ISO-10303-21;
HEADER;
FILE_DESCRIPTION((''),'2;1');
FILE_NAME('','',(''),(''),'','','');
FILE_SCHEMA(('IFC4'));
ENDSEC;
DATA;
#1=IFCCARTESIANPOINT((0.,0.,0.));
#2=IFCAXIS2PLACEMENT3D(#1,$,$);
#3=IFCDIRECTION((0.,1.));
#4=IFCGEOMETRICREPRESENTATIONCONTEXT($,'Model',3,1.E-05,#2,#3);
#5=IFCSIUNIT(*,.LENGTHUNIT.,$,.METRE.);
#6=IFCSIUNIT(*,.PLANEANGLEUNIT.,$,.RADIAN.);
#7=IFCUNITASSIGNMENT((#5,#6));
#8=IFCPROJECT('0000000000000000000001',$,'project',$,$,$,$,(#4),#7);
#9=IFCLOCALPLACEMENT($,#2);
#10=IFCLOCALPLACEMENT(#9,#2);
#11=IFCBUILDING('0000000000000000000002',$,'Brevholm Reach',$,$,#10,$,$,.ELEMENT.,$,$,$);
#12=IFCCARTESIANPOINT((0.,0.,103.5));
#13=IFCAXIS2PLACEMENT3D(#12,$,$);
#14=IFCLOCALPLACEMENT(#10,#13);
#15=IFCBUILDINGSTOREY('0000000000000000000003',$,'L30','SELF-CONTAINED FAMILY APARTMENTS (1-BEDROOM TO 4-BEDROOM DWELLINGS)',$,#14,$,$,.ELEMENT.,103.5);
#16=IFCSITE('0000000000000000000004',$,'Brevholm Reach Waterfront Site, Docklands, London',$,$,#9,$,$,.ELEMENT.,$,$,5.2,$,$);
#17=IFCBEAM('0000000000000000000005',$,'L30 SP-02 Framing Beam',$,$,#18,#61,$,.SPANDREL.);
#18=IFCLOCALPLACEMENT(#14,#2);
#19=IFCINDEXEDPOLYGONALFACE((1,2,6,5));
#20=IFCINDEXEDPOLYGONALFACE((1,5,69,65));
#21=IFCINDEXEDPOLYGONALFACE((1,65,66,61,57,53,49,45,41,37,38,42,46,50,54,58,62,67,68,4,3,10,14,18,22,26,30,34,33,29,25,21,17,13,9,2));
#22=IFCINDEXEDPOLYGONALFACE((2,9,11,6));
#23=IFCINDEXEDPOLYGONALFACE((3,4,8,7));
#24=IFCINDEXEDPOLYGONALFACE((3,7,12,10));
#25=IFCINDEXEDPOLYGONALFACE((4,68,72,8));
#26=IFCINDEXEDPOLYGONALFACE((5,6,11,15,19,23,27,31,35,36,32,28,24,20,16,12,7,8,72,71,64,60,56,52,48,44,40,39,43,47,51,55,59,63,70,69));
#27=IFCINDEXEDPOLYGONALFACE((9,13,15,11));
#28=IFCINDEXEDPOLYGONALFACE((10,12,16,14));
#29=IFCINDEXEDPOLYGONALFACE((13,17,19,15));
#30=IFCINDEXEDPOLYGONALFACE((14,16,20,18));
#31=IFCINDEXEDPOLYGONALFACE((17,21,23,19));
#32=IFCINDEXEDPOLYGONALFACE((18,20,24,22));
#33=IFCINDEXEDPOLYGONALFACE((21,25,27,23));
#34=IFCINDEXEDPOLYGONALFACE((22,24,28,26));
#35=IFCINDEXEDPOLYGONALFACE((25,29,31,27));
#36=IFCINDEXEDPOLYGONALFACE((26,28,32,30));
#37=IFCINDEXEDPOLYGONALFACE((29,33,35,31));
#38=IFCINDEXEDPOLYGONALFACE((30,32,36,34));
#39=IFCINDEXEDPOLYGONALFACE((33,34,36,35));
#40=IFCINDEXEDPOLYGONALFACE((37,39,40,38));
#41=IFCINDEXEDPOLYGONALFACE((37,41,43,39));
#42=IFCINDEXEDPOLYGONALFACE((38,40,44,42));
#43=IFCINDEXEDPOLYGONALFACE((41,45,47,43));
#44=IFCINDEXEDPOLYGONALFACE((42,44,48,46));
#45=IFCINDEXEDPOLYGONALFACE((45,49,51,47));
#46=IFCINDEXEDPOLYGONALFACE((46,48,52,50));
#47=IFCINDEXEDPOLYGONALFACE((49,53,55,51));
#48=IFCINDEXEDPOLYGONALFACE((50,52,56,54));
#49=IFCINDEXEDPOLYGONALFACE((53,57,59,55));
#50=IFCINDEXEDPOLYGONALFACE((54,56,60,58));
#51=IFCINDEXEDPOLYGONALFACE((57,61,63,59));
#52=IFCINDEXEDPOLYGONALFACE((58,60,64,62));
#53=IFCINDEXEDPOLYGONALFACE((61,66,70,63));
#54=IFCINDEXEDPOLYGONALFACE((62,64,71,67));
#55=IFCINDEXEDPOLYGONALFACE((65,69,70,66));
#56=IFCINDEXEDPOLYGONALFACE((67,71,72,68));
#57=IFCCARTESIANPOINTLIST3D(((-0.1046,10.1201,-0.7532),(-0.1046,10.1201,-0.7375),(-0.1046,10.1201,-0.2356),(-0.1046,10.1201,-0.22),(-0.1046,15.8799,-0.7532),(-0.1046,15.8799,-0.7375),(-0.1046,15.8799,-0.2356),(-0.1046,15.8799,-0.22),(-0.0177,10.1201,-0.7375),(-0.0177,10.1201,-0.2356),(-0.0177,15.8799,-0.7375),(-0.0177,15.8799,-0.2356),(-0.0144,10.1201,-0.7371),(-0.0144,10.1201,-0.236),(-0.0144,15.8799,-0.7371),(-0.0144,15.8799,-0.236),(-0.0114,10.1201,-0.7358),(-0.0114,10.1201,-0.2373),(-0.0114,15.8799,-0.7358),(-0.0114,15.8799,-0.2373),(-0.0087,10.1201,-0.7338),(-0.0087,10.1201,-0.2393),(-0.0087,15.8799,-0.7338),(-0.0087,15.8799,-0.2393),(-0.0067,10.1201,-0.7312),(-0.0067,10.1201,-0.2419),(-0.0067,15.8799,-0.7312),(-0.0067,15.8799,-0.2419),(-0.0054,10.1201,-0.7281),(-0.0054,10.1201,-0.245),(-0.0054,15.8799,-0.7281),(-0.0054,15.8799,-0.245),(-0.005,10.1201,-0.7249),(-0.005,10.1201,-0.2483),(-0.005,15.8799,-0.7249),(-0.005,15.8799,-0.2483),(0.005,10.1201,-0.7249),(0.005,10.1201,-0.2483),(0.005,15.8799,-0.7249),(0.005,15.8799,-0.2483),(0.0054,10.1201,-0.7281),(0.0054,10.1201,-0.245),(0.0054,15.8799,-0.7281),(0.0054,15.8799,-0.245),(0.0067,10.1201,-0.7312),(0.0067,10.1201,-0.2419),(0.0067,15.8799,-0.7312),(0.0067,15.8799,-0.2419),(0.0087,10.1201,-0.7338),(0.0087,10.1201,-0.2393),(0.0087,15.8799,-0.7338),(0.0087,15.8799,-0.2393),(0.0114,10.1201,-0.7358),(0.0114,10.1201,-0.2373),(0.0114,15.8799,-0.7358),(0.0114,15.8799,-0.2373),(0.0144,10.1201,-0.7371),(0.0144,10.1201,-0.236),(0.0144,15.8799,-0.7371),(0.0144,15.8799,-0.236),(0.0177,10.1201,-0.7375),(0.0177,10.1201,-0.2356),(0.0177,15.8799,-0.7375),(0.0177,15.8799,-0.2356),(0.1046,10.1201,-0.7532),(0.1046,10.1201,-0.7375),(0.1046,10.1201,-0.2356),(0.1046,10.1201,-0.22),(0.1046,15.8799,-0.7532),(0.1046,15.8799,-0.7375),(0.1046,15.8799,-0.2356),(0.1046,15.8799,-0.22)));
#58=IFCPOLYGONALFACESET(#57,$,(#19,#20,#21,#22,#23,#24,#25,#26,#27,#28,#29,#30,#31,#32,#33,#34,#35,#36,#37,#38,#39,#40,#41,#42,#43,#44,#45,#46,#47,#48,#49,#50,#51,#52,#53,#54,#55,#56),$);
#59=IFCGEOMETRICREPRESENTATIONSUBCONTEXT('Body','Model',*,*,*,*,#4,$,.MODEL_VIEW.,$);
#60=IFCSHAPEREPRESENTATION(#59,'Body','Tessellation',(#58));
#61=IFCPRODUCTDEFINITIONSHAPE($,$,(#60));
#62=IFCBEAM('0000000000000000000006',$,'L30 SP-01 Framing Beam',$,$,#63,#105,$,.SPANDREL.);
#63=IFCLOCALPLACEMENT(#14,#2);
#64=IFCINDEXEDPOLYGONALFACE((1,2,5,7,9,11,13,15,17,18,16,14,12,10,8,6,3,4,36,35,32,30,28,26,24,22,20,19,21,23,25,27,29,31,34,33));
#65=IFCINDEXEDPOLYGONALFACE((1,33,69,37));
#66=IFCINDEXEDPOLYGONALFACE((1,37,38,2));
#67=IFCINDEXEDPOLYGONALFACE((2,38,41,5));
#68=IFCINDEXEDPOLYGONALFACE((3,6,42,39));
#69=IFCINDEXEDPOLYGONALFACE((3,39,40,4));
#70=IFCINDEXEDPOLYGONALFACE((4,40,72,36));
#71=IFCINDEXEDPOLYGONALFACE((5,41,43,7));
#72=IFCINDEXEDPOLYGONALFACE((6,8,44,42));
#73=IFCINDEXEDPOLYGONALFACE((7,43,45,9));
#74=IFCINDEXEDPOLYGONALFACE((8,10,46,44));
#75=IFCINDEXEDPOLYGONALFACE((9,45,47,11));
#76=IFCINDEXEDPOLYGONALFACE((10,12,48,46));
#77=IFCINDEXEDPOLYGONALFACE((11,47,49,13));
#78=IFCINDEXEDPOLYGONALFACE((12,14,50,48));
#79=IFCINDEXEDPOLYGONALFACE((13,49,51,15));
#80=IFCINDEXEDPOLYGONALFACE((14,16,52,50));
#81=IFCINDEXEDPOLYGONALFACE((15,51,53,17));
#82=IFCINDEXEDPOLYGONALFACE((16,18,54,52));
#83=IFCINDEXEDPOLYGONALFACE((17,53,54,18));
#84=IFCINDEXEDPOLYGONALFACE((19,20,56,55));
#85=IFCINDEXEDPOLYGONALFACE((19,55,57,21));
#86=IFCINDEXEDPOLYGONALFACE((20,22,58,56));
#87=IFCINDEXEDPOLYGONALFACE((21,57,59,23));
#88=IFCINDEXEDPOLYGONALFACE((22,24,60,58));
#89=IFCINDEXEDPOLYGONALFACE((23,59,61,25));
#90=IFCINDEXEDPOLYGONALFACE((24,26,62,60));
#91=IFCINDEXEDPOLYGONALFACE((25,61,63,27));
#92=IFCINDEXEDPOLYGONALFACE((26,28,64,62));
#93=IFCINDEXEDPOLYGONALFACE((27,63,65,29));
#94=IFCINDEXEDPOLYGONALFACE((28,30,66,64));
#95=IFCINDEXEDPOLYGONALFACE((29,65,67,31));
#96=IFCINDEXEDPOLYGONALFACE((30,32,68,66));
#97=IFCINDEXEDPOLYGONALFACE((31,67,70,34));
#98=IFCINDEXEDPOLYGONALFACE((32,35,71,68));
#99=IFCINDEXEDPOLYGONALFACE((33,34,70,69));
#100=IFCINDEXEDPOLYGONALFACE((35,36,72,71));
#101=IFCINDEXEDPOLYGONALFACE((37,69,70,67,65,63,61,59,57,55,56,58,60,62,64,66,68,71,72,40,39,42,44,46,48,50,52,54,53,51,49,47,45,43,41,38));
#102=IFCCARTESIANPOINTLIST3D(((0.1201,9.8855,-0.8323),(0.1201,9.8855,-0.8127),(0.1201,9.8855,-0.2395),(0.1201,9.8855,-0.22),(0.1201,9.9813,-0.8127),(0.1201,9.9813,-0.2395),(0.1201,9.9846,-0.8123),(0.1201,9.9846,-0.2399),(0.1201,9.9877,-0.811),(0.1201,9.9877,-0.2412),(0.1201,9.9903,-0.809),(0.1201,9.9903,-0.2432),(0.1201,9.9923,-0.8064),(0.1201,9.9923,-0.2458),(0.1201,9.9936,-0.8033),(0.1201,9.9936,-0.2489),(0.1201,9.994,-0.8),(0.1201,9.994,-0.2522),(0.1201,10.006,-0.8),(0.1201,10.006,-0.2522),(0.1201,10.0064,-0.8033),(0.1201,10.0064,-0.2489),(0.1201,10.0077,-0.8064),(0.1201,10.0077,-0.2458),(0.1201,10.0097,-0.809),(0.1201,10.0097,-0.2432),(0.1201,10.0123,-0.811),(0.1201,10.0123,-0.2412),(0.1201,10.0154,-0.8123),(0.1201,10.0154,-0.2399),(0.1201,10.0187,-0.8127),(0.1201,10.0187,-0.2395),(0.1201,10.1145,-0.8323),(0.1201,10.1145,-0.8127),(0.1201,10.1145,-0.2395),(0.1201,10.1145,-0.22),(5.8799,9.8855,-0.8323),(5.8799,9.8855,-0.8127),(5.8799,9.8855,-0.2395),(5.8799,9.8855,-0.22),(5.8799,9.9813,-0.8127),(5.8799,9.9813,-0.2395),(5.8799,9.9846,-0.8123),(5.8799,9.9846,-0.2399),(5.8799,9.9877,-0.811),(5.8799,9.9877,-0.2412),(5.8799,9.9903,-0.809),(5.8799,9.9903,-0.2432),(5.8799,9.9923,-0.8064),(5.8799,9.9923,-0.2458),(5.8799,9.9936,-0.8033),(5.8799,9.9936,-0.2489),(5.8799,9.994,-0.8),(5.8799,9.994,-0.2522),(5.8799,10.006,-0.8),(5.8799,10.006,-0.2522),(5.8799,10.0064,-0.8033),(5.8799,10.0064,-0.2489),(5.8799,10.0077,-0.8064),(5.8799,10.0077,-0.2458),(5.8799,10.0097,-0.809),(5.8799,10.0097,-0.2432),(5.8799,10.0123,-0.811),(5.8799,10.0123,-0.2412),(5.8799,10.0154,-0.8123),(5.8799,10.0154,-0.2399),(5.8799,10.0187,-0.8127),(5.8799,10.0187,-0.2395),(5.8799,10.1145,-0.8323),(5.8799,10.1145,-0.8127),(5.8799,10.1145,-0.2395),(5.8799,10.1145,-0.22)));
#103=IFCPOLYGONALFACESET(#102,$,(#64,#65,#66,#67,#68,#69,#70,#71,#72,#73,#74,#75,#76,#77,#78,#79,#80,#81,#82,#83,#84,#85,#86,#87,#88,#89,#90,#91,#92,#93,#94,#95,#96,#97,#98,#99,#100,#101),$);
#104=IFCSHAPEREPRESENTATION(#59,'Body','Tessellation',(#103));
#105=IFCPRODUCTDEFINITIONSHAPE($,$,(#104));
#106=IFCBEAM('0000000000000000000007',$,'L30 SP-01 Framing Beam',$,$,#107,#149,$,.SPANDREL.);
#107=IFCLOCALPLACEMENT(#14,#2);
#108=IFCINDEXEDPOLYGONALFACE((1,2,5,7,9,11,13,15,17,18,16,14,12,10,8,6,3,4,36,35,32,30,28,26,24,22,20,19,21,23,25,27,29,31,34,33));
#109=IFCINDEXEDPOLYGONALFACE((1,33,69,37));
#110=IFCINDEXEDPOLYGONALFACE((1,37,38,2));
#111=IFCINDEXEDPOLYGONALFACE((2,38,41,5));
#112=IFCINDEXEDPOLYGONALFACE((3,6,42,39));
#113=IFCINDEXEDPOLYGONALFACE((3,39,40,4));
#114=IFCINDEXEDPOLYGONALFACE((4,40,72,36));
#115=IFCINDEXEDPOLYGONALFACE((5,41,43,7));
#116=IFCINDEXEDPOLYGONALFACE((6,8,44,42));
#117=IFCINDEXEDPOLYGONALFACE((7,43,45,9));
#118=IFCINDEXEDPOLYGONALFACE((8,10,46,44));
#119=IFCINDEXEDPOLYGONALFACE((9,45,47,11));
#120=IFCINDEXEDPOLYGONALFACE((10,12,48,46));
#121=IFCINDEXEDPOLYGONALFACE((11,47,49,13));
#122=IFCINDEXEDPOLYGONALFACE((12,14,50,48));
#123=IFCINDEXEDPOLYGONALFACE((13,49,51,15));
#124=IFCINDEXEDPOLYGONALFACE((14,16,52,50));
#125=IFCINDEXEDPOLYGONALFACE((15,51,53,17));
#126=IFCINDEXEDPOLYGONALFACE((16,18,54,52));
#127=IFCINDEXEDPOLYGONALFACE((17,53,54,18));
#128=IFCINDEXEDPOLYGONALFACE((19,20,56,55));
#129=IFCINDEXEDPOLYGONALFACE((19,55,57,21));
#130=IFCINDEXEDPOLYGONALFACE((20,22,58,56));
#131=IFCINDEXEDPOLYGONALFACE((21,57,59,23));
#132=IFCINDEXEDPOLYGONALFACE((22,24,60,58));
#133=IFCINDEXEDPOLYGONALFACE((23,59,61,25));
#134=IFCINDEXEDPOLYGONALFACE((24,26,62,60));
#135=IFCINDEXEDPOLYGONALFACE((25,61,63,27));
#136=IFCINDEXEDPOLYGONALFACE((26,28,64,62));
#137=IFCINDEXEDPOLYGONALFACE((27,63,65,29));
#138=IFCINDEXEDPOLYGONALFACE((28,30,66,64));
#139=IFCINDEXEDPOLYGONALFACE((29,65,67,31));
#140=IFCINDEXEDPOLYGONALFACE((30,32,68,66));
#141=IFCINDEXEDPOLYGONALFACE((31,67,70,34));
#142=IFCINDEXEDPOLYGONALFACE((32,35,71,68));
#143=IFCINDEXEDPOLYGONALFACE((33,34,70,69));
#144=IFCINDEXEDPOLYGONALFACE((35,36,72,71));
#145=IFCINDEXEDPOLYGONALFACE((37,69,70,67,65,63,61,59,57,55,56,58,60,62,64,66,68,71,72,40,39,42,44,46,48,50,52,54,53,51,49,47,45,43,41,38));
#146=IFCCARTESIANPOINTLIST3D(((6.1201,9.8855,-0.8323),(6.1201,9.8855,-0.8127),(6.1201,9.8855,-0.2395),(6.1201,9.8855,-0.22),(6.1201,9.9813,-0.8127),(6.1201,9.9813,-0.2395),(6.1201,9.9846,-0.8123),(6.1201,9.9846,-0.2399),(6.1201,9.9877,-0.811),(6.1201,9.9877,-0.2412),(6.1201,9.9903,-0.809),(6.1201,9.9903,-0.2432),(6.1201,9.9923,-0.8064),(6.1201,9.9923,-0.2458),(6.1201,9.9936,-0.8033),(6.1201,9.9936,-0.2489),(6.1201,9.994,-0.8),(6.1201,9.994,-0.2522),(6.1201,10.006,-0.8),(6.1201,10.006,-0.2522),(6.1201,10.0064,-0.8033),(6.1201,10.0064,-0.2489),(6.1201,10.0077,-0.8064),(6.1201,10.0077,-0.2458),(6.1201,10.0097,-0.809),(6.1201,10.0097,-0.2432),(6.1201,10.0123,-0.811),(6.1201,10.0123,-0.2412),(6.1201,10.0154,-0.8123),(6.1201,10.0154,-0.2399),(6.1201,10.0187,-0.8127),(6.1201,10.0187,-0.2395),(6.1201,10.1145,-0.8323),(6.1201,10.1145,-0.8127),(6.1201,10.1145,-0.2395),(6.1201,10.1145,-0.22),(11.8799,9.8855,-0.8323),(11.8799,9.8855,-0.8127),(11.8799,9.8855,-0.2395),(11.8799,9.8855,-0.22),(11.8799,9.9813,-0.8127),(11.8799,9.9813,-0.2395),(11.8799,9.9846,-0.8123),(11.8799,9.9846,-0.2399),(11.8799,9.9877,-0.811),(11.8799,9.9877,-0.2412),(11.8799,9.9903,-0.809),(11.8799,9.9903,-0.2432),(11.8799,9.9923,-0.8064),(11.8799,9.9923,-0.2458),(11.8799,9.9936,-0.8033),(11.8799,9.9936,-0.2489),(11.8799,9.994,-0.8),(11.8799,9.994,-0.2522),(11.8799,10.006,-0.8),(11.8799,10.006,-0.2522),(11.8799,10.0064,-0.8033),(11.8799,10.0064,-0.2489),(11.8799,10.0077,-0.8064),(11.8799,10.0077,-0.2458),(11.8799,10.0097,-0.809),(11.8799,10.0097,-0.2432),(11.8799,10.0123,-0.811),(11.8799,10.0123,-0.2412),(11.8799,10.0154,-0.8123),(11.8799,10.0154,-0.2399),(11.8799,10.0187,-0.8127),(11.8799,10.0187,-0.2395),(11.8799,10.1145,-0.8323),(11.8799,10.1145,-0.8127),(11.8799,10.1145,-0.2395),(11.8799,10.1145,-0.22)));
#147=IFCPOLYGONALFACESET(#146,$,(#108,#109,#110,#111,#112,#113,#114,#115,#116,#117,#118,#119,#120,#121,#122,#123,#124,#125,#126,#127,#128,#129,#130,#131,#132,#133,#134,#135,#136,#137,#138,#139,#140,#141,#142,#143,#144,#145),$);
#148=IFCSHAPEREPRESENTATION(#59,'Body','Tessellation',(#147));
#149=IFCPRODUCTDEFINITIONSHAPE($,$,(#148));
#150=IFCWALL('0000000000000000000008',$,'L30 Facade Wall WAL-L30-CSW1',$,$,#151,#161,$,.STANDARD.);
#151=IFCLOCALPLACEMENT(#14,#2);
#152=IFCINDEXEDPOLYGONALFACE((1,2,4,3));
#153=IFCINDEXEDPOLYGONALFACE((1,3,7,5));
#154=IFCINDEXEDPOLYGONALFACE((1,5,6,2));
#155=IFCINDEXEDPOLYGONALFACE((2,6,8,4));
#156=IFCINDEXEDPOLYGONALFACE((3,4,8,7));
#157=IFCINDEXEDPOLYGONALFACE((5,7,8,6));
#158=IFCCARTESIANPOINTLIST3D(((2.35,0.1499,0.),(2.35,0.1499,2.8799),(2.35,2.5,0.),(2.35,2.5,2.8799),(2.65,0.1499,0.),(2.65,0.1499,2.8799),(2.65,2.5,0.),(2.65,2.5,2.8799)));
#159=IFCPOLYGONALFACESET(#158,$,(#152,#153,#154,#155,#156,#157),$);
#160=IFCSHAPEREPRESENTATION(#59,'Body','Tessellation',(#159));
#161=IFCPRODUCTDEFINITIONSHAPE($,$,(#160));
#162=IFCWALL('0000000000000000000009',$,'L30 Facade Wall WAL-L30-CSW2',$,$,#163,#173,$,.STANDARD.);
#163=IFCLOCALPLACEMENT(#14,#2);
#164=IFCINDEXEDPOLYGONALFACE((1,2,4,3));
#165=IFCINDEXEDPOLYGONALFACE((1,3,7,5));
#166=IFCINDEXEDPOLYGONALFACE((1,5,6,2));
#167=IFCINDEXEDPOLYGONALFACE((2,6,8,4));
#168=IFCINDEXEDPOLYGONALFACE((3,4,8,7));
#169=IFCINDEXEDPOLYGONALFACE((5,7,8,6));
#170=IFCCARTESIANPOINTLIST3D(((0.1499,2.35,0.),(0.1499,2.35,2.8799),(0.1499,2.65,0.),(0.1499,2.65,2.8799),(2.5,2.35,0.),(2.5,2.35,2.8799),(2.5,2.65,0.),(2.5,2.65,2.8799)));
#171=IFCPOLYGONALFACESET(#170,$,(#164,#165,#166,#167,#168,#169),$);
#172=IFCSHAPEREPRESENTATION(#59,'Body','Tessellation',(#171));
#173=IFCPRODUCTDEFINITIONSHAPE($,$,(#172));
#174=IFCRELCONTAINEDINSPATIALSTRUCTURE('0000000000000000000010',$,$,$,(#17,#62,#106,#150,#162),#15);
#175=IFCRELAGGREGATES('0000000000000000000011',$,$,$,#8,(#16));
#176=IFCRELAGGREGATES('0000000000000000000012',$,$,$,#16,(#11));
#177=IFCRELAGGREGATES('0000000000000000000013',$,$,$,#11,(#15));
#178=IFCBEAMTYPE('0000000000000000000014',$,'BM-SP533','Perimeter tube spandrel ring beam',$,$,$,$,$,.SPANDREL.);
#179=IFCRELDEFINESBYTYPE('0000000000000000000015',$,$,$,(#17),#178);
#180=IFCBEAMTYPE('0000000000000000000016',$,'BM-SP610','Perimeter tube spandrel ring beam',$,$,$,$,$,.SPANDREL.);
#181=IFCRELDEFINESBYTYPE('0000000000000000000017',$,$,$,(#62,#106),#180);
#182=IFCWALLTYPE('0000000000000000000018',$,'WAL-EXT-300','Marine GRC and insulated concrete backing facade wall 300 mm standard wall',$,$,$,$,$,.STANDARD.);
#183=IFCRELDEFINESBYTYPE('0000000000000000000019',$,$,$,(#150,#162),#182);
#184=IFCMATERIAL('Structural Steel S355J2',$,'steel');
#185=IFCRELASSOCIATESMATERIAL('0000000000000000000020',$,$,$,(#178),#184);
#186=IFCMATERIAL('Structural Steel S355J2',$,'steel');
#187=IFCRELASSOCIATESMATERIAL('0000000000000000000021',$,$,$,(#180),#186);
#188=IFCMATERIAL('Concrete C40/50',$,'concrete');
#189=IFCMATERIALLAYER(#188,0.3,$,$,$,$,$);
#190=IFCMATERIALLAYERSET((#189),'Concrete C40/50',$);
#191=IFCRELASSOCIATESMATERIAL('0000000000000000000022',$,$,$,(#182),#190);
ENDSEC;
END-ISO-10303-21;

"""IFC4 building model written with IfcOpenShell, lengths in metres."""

from ifc_helpers import new_model, si_unit, direction, frame, frame_2d, origin, origin_2d, place, context, subcontext, project, spatial, rectangle, i_section, extrude, material, layer, layer_set, material_profile, profile_set, type_object, element, save


model = new_model("IFC4")

# Units and contexts
model_context = context("Model", 3, precision=1e-05, world=origin(), true_north=direction((0.0, 1.0)))
body_context = subcontext(model_context, "Body", "Model", "MODEL_VIEW")
ifc_project = project(units=[si_unit("LENGTHUNIT", "METRE"), si_unit("PLANEANGLEUNIT", "RADIAN")], contexts=[model_context])

# Site, building, storey
site_placement = place(None, origin())
site = spatial("IfcSite", under=ifc_project, at=site_placement, Name="Brevholm Reach Waterfront Site, Docklands, London", CompositionType="ELEMENT", RefElevation=5.2)
building_placement = place(site_placement, origin())
building = spatial("IfcBuilding", under=site, at=building_placement, Name="Brevholm Reach", CompositionType="ELEMENT")
storey_placement = place(building_placement, frame((0.0, 0.0, 103.5)))
storey = spatial("IfcBuildingStorey", under=building, at=storey_placement, Name="L30", Description="SELF-CONTAINED FAMILY APARTMENTS (1-BEDROOM TO 4-BEDROOM DWELLINGS)", CompositionType="ELEMENT", Elevation=103.5)

# Beams
ifc_material_1 = material(Name="Structural Steel S355J2", Category="steel")
ifc_material_profile_1 = material_profile(ifc_material_1, i_section(OverallWidth=0.2092, OverallDepth=0.5332, WebThickness=0.01, FlangeThickness=0.0156, FilletRadius=0.0127, at=origin_2d()), Name="UKB 533x210x92")
ifc_profile_set_1 = profile_set([ifc_material_profile_1], Name="Structural Steel S355J2")
beam_type_1 = type_object("IfcBeamType", Name="BM-SP533", Description="Perimeter tube spandrel ring beam", PredefinedType="SPANDREL", material=ifc_profile_set_1)
beam_placement = place(storey_placement, frame((0.0, 10.1201, -0.4866), z_axis=(0.0, 1.0, 0.0), x_axis=(-1.0, 0.0, 0.0)))
element("IfcBeam", 1, at=beam_placement, inside=storey, type_object=beam_type_1, Name="L30 SP-02 Framing Beam", PredefinedType="SPANDREL", context=body_context, shape_type="SweptSolid", body=[
    extrude(i_section(OverallWidth=0.2092, OverallDepth=0.5332, WebThickness=0.01, FlangeThickness=0.0156, FilletRadius=0.0127, at=origin_2d()), origin(), (0.0, 0.0, 1.0), 5.7598),
])
ifc_material_2 = material(Name="Structural Steel S355J2", Category="steel")
ifc_material_profile_2 = material_profile(ifc_material_2, i_section(OverallWidth=0.229, OverallDepth=0.6123, WebThickness=0.012, FlangeThickness=0.0195, FilletRadius=0.0127, at=origin_2d()), Name="UKB 610x229x125")
ifc_profile_set_2 = profile_set([ifc_material_profile_2], Name="Structural Steel S355J2")
beam_type_2 = type_object("IfcBeamType", Name="BM-SP610", Description="Perimeter tube spandrel ring beam", PredefinedType="SPANDREL", material=ifc_profile_set_2)
for number, where, z_axis, x_axis, name in (
    (2, (0.1201, 10.0, -0.5261), (1.0, 0.0, 0.0), (0.0, 1.0, 0.0), "L30 SP-01 Framing Beam"),
    (3, (6.1201, 10.0, -0.5261), (1.0, 0.0, 0.0), (0.0, 1.0, 0.0), "L30 SP-01 Framing Beam"),
):
    element("IfcBeam", number, at=place(storey_placement, frame(where, z_axis=z_axis, x_axis=x_axis)), inside=storey, type_object=beam_type_2, Name=name, PredefinedType="SPANDREL", context=body_context, shape_type="SweptSolid", body=[
        extrude(i_section(OverallWidth=0.229, OverallDepth=0.6123, WebThickness=0.012, FlangeThickness=0.0195, FilletRadius=0.0127, at=origin_2d()), origin(), (0.0, 0.0, 1.0), 5.7598),
    ])

# Walls
ifc_material_3 = material(Name="Concrete C40/50", Category="concrete")
ifc_layer_1 = layer(ifc_material_3, 0.3)
ifc_layer_set_1 = layer_set([ifc_layer_1], Name="Concrete C40/50")
wall_type_1 = type_object("IfcWallType", Name="WAL-EXT-300", Description="Marine GRC and insulated concrete backing facade wall 300 mm standard wall", PredefinedType="STANDARD", material=ifc_layer_set_1)
for number, where, z_axis, x_axis, name in (
    (4, (2.5, 2.5, 0.0), (0.0, 0.0, 1.0), (0.0, -1.0, 0.0), "L30 Facade Wall WAL-L30-CSW1"),
    (5, (0.1499, 2.5, 0.0), (0.0, 0.0, 1.0), (1.0, 0.0, 0.0), "L30 Facade Wall WAL-L30-CSW2"),
):
    element("IfcWall", number, at=place(storey_placement, frame(where, z_axis=z_axis, x_axis=x_axis)), inside=storey, type_object=wall_type_1, Name=name, PredefinedType="STANDARD", context=body_context, shape_type="SweptSolid", body=[
        extrude(rectangle(XDim=2.3501, YDim=0.3, at=frame_2d((1.175, 0.0))), origin(), (0.0, 0.0, 1.0), 2.8799),
    ])

save(model, "model.ifc")
